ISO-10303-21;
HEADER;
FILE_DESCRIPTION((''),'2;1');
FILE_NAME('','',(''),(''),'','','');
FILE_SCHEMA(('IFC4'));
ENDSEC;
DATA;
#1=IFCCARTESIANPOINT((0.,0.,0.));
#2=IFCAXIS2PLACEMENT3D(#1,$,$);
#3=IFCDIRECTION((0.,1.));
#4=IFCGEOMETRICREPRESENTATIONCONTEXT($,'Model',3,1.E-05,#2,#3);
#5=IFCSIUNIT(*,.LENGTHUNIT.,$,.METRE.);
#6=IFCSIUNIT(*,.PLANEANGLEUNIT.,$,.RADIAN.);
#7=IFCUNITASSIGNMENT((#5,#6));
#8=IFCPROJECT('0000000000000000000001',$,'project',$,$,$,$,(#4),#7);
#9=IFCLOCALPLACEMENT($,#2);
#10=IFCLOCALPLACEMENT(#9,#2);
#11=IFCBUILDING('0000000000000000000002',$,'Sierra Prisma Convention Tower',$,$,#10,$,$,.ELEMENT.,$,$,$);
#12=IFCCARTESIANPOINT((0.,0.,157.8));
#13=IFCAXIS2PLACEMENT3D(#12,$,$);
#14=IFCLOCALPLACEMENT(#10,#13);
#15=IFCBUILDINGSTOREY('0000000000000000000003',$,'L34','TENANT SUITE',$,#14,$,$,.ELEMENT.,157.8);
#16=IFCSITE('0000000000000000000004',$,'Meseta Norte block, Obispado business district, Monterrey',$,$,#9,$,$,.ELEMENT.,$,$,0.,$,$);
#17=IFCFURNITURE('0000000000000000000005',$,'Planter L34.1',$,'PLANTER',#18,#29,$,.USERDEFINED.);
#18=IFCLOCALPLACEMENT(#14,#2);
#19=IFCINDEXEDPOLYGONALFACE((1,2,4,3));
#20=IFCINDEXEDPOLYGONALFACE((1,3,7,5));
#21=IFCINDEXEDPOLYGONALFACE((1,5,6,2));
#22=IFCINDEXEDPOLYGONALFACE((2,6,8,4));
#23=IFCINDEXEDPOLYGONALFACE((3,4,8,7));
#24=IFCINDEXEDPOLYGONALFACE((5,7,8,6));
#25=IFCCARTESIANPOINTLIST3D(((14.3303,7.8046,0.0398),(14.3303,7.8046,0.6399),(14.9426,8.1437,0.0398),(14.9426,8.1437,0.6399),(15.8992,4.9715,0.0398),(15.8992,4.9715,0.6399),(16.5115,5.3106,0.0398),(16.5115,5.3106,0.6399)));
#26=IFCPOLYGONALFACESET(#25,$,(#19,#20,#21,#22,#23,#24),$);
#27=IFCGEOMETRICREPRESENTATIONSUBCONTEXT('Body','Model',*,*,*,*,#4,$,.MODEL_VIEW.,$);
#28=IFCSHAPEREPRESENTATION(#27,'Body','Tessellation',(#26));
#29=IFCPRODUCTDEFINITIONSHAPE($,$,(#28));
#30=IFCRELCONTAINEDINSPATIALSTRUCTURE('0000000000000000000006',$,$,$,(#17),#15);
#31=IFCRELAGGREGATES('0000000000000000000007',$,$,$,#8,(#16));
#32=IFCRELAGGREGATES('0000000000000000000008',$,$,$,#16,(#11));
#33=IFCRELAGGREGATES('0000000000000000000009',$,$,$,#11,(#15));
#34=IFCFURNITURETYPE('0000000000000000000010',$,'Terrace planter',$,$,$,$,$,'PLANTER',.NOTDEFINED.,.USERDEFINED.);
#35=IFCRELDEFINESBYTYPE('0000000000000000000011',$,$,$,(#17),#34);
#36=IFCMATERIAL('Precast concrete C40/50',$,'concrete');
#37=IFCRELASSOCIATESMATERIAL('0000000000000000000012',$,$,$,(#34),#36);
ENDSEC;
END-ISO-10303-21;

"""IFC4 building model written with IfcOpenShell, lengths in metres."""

from ifc_helpers import new_model, si_unit, direction, frame, origin, origin_2d, place, context, subcontext, project, spatial, rectangle, extrude, material, type_object, element, save


model = new_model("IFC4")

# Units and contexts
model_context = context("Model", 3, precision=1e-05, world=origin(), true_north=direction((0.0, 1.0)))
body_context = subcontext(model_context, "Body", "Model", "MODEL_VIEW")
ifc_project = project(units=[si_unit("LENGTHUNIT", "METRE"), si_unit("PLANEANGLEUNIT", "RADIAN")], contexts=[model_context])

# Site, building, storey
site_placement = place(None, origin())
site = spatial("IfcSite", under=ifc_project, at=site_placement, Name="Meseta Norte block, Obispado business district, Monterrey", CompositionType="ELEMENT", RefElevation=0.0)
building_placement = place(site_placement, origin())
building = spatial("IfcBuilding", under=site, at=building_placement, Name="Sierra Prisma Convention Tower", CompositionType="ELEMENT")
storey_placement = place(building_placement, frame((0.0, 0.0, 157.8)))
storey = spatial("IfcBuildingStorey", under=building, at=storey_placement, Name="L34", Description="TENANT SUITE", CompositionType="ELEMENT", Elevation=157.8)

# Furniture
ifc_material_1 = material(Name="Precast concrete C40/50", Category="concrete")
furniture_type = type_object("IfcFurnitureType", Name="Terrace planter", ElementType="PLANTER", AssemblyPlace="NOTDEFINED", PredefinedType="USERDEFINED", material=ifc_material_1)
furniture_placement = place(storey_placement, frame((15.4209, 6.5576, 0.0398), z_axis=(0.0, 0.0, 1.0), x_axis=(-0.484444, 0.874822, 0.0)))
element("IfcFurniture", 1, at=furniture_placement, inside=storey, type_object=furniture_type, Name="Planter L34.1", ObjectType="PLANTER", PredefinedType="USERDEFINED", context=body_context, shape_type="SweptSolid", body=[
    extrude(rectangle(XDim=3.2385, YDim=0.7, at=origin_2d()), origin(), (0.0, 0.0, 1.0), 0.6001),
])

save(model, "model.ifc")
